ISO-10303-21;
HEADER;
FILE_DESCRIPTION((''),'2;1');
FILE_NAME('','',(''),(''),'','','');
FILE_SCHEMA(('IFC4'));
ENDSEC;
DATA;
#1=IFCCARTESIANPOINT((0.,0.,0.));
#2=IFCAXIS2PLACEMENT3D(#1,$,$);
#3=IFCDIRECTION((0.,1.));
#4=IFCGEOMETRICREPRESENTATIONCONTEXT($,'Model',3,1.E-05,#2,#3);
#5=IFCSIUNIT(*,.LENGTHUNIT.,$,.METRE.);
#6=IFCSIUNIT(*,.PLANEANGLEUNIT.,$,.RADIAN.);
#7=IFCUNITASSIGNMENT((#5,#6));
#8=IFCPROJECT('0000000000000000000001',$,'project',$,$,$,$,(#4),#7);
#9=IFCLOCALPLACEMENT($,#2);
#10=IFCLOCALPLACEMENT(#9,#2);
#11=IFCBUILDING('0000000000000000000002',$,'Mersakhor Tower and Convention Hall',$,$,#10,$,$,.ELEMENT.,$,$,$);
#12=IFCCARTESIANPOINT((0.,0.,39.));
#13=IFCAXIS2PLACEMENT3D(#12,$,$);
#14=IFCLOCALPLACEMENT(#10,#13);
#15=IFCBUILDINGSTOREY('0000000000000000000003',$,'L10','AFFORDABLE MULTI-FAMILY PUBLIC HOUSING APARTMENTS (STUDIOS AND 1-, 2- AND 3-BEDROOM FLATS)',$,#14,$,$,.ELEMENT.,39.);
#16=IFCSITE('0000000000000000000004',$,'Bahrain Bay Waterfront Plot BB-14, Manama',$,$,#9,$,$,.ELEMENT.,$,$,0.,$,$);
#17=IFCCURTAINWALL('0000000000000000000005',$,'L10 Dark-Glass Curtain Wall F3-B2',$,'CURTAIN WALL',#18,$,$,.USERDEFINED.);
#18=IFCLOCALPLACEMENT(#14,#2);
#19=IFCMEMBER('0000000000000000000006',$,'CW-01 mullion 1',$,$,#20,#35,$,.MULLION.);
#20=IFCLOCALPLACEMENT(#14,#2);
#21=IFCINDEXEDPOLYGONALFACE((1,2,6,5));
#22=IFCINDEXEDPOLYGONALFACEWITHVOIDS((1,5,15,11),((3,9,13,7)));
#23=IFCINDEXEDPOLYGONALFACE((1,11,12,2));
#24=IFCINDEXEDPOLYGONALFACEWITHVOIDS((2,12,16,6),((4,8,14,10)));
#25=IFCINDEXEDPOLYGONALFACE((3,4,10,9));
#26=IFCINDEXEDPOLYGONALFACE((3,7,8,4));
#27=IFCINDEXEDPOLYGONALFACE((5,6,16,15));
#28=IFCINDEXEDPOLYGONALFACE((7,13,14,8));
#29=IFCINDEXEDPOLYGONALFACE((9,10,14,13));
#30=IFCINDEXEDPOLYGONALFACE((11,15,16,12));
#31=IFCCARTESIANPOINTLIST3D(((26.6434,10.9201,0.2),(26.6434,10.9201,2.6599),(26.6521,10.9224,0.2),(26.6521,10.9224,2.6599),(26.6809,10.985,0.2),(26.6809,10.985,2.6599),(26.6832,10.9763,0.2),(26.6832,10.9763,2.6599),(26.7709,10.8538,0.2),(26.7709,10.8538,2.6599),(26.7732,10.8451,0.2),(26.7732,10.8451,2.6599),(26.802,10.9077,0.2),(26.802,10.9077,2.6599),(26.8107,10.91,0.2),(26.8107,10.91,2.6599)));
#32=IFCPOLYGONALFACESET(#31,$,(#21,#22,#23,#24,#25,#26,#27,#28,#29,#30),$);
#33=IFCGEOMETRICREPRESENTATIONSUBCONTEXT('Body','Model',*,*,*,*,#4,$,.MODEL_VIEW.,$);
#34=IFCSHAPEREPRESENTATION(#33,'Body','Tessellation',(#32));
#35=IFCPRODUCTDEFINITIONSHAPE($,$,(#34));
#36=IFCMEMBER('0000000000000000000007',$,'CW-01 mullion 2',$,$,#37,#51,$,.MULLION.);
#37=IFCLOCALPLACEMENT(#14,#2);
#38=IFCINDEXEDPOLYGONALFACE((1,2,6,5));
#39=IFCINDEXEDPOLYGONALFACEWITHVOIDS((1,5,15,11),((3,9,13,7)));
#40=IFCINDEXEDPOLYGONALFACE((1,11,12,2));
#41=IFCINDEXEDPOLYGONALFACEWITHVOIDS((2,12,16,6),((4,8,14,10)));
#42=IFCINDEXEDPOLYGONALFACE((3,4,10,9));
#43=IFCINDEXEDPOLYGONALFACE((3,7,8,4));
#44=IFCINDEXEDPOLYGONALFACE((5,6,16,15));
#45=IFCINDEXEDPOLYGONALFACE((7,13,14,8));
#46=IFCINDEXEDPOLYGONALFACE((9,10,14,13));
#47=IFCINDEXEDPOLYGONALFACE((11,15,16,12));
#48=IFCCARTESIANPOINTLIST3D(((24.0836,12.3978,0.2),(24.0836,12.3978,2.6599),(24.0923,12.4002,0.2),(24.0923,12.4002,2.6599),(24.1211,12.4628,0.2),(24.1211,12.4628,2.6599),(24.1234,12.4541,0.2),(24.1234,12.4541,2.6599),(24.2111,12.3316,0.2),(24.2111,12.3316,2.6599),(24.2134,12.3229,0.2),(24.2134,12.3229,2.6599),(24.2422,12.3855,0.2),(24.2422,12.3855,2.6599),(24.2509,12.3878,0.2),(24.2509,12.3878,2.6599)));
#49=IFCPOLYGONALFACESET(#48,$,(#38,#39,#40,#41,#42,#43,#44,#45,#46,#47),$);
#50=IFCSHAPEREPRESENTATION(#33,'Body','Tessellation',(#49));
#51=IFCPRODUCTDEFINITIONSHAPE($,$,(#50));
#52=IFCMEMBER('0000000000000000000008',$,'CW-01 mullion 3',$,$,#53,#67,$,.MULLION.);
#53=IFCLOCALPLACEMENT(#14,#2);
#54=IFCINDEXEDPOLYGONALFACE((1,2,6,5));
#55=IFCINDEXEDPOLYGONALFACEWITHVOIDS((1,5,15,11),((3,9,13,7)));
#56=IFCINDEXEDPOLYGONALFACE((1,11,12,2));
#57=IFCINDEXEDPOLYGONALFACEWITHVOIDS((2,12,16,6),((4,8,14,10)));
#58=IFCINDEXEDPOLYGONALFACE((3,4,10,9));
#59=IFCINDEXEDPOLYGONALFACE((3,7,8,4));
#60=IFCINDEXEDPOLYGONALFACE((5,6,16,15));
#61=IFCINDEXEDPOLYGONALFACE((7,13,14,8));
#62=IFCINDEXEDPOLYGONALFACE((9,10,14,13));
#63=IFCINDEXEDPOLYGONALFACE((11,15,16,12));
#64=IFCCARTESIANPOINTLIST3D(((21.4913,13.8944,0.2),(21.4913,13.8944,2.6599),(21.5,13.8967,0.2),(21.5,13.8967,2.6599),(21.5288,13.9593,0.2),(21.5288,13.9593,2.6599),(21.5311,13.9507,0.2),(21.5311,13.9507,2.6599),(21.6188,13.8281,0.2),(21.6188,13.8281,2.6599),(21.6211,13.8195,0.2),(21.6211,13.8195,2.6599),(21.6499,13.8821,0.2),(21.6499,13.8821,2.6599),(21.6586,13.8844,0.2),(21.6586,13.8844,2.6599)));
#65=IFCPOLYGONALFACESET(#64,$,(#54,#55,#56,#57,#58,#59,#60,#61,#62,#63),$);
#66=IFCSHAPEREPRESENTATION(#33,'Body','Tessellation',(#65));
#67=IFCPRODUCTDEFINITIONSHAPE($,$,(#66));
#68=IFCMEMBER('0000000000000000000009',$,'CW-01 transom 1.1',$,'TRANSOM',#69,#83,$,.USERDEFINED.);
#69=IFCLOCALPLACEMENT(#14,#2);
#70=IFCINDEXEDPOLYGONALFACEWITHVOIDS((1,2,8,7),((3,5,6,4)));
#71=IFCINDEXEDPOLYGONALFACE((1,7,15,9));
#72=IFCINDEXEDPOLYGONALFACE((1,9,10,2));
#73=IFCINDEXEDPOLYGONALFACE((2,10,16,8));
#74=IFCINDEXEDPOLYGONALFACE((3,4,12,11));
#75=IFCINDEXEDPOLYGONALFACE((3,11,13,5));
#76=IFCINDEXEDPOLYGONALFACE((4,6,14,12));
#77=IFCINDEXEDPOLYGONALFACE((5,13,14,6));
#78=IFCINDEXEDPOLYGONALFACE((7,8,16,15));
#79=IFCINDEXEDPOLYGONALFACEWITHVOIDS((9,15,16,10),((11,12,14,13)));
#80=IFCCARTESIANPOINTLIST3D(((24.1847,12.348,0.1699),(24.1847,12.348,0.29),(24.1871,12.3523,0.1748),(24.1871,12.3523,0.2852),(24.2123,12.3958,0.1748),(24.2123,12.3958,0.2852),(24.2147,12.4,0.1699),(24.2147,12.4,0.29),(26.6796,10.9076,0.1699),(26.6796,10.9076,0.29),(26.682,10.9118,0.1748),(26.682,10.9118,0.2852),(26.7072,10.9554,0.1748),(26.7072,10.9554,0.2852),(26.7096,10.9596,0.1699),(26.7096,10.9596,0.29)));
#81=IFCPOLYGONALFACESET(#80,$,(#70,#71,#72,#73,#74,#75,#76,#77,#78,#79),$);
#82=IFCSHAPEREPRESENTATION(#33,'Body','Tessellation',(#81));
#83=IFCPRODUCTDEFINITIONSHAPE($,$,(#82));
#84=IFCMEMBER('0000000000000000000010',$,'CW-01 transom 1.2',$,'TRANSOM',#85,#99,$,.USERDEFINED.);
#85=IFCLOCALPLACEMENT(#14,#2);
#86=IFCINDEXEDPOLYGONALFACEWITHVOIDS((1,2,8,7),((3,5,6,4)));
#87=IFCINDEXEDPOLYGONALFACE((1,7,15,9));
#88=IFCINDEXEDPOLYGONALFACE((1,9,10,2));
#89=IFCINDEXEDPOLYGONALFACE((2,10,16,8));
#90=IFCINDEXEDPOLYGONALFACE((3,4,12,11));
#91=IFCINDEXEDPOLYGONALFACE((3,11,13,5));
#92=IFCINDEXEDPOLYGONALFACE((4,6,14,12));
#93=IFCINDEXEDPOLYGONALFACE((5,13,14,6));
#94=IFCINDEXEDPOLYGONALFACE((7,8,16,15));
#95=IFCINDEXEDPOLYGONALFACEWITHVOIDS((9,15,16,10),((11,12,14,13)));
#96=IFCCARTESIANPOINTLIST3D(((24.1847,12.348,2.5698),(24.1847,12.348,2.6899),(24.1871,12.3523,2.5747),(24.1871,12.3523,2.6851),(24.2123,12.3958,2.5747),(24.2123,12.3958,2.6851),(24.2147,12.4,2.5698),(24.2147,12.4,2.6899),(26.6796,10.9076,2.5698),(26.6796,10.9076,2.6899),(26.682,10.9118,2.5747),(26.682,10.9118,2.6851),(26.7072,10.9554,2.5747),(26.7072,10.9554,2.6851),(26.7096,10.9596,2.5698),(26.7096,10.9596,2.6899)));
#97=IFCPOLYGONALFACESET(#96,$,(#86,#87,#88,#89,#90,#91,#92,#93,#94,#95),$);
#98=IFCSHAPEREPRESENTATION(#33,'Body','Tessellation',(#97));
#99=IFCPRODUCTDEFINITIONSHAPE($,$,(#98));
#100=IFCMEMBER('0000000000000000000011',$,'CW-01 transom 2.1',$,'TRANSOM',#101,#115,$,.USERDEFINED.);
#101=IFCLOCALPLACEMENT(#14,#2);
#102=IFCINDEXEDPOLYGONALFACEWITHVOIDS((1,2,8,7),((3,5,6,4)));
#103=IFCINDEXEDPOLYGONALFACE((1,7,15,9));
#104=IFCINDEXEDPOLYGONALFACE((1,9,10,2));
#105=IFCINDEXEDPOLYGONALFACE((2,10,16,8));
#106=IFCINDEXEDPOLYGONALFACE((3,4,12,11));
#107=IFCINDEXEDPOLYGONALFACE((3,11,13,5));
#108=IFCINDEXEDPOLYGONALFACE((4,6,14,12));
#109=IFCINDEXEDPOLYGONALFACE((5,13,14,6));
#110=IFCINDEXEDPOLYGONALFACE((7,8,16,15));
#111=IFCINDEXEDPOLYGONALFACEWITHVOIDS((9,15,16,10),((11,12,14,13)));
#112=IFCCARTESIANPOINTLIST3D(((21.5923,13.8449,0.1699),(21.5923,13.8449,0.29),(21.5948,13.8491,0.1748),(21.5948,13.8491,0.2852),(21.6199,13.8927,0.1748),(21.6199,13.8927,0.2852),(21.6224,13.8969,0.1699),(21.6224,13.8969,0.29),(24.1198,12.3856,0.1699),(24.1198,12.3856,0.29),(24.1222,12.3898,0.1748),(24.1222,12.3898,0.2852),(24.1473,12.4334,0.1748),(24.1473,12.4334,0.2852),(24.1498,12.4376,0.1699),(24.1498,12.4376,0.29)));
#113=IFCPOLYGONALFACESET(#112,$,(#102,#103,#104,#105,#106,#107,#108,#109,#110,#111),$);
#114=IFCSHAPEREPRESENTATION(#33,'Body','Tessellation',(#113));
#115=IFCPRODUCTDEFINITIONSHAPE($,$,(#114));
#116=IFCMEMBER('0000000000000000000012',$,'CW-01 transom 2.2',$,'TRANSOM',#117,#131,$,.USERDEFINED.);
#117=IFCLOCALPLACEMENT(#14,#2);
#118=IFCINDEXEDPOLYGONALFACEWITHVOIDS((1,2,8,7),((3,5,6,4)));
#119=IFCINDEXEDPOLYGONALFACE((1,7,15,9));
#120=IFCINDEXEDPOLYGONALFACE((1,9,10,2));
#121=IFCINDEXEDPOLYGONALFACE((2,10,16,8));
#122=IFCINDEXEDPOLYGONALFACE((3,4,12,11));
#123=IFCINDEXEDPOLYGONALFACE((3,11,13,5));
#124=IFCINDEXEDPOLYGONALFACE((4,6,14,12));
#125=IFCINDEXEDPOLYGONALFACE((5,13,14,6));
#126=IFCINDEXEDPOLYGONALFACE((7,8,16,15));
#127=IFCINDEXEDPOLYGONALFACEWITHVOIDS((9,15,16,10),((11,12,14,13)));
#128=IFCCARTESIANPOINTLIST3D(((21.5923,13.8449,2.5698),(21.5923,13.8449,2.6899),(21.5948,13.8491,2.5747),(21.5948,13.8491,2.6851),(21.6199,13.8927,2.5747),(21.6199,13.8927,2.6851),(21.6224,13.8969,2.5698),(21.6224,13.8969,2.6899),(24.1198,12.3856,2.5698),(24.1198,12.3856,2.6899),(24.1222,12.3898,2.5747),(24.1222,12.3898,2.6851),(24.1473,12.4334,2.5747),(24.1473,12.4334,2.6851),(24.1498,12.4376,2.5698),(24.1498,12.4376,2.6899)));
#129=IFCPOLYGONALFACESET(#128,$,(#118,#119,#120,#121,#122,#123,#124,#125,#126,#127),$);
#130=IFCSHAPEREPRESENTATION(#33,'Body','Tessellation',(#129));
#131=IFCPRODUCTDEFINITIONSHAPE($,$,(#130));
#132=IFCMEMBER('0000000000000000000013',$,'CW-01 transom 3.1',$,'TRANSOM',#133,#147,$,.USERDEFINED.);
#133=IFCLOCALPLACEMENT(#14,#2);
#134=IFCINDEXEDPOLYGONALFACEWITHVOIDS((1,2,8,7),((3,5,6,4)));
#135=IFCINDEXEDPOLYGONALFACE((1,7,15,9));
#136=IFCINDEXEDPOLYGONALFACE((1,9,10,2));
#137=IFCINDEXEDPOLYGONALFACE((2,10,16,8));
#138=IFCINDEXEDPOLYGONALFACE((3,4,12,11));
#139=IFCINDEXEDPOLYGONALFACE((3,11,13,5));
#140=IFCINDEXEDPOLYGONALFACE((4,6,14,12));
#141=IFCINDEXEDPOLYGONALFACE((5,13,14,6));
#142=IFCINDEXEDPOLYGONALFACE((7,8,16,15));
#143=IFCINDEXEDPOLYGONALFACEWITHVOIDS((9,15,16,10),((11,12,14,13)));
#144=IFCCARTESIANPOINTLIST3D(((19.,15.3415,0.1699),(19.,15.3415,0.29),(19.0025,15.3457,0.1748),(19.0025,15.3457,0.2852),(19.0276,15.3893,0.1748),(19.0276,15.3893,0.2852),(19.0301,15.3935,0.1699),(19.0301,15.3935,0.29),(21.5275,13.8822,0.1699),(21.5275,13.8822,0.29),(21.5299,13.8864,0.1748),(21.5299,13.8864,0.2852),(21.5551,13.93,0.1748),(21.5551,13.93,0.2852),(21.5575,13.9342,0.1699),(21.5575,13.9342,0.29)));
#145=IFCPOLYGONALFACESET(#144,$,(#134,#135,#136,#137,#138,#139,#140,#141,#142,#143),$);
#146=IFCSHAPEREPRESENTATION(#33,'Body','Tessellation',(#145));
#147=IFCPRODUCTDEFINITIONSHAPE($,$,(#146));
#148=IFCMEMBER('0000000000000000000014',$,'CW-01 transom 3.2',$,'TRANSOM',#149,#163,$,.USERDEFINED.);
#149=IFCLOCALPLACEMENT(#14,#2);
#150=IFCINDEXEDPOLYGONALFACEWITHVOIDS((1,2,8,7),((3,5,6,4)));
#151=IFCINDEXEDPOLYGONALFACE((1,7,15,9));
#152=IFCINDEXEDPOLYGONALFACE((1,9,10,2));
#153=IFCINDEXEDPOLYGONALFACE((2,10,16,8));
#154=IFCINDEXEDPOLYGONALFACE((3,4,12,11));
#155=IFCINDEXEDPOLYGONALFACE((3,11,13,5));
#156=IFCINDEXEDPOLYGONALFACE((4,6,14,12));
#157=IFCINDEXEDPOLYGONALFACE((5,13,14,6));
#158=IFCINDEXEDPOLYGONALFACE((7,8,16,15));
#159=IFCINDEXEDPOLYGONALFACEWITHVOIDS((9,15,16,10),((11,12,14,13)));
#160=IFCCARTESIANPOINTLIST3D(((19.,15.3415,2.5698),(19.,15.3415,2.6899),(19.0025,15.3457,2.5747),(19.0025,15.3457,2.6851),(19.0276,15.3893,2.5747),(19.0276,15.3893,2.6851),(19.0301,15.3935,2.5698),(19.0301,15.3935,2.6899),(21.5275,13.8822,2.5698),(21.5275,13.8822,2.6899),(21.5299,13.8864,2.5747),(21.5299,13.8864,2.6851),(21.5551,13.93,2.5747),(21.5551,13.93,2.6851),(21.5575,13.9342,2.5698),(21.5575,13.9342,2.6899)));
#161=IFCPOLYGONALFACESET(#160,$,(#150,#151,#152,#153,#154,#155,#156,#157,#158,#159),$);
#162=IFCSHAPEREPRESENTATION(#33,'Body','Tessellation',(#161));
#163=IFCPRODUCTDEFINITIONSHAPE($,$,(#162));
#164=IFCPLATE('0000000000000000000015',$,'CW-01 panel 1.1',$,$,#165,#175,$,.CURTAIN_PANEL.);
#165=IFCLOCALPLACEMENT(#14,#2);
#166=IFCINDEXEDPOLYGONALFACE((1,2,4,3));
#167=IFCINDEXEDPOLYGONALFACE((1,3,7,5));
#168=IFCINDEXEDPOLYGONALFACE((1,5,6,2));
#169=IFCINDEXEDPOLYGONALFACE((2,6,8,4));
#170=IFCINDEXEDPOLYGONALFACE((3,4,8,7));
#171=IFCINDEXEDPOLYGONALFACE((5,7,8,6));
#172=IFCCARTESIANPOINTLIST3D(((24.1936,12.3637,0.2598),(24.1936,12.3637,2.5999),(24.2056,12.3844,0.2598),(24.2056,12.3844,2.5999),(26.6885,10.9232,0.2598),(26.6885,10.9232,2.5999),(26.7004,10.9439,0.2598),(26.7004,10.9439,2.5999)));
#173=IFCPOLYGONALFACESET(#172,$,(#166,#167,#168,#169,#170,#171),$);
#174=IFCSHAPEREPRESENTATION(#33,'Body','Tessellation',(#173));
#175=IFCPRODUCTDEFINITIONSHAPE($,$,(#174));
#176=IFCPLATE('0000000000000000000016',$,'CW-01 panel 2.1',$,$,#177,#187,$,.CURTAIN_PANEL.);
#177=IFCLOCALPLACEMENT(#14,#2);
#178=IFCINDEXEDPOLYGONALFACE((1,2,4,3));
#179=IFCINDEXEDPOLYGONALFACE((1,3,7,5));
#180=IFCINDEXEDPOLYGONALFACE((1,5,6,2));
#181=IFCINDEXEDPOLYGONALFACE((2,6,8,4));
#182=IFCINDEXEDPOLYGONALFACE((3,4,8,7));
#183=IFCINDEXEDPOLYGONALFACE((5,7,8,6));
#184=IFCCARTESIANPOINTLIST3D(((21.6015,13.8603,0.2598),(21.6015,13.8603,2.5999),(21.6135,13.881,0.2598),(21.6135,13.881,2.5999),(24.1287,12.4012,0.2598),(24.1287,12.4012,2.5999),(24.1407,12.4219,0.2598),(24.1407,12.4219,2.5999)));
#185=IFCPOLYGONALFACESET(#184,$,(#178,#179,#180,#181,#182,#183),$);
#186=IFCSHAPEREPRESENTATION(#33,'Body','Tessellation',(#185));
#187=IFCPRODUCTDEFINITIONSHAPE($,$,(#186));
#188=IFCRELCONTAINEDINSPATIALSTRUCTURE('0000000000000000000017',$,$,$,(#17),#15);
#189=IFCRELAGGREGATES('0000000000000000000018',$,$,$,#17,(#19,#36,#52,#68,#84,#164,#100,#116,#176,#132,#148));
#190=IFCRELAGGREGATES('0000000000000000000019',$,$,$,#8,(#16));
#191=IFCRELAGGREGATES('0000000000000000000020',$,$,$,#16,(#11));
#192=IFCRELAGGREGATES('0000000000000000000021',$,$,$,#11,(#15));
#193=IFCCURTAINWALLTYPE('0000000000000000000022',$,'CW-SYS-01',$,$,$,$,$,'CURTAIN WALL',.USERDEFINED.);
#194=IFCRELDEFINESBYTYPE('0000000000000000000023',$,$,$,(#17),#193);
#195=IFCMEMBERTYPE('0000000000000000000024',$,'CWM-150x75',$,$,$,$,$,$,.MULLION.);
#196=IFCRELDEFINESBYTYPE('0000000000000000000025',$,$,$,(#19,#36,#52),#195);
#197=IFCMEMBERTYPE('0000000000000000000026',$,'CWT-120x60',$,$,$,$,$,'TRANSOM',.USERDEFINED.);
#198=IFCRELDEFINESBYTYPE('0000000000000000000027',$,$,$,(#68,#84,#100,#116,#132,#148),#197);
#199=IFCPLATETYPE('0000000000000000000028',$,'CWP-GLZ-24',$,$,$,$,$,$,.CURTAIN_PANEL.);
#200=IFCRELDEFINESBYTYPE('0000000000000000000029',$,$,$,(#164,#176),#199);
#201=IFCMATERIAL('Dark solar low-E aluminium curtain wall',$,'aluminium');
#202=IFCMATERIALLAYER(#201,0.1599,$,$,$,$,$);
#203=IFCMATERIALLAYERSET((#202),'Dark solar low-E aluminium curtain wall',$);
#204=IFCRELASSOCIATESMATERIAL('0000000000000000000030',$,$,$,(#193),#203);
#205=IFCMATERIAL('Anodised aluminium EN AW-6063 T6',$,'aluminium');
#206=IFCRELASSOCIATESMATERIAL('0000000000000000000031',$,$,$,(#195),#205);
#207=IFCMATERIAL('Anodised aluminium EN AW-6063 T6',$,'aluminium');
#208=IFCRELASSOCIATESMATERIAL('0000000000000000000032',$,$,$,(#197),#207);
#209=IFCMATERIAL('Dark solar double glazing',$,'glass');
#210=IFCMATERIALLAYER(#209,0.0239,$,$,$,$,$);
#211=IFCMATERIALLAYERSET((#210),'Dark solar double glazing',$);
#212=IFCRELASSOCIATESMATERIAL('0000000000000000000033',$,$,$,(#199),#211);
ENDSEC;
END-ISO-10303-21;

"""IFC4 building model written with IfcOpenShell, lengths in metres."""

from ifc_helpers import new_model, si_unit, direction, frame, origin, origin_2d, place, context, subcontext, project, spatial, rectangle, hollow_rectangle, extrude, material, layer, layer_set, material_profile, profile_set, type_object, element, aggregate, save


model = new_model("IFC4")

# Units and contexts
model_context = context("Model", 3, precision=1e-05, world=origin(), true_north=direction((0.0, 1.0)))
body_context = subcontext(model_context, "Body", "Model", "MODEL_VIEW")
ifc_project = project(units=[si_unit("LENGTHUNIT", "METRE"), si_unit("PLANEANGLEUNIT", "RADIAN")], contexts=[model_context])

# Site, building, storey
site_placement = place(None, origin())
site = spatial("IfcSite", under=ifc_project, at=site_placement, Name="Bahrain Bay Waterfront Plot BB-14, Manama", CompositionType="ELEMENT", RefElevation=0.0)
building_placement = place(site_placement, origin())
building = spatial("IfcBuilding", under=site, at=building_placement, Name="Mersakhor Tower and Convention Hall", CompositionType="ELEMENT")
storey_placement = place(building_placement, frame((0.0, 0.0, 39.0)))
storey = spatial("IfcBuildingStorey", under=building, at=storey_placement, Name="L10", Description="AFFORDABLE MULTI-FAMILY PUBLIC HOUSING APARTMENTS (STUDIOS AND 1-, 2- AND 3-BEDROOM FLATS)", CompositionType="ELEMENT", Elevation=39.0)

# Curtain wall, members, plates
ifc_material_1 = material(Name="Dark solar low-E aluminium curtain wall", Category="aluminium")
ifc_layer_1 = layer(ifc_material_1, 0.1599)
ifc_layer_set_1 = layer_set([ifc_layer_1], Name="Dark solar low-E aluminium curtain wall")
curtain_wall_type = type_object("IfcCurtainWallType", Name="CW-SYS-01", ElementType="CURTAIN WALL", PredefinedType="USERDEFINED", material=ifc_layer_set_1)
curtain_wall_placement = place(storey_placement, origin())
curtain_wall = element("IfcCurtainWall", 1, at=curtain_wall_placement, inside=storey, type_object=curtain_wall_type, Name="L10 Dark-Glass Curtain Wall F3-B2", ObjectType="CURTAIN WALL", PredefinedType="USERDEFINED")
ifc_material_2 = material(Name="Anodised aluminium EN AW-6063 T6", Category="aluminium")
ifc_material_profile_1 = material_profile(ifc_material_2, hollow_rectangle(XDim=0.075, YDim=0.1499, WallThickness=0.0063, at=origin_2d()), Name="RHS 150x75x6.3")
ifc_profile_set_1 = profile_set([ifc_material_profile_1], Name="Anodised aluminium EN AW-6063 T6")
member_type_1 = type_object("IfcMemberType", Name="CWM-150x75", PredefinedType="MULLION", material=ifc_profile_set_1)
member_1_placement = place(storey_placement, frame((26.7271, 10.915, 0.2), z_axis=(0.0, 0.0, 1.0), x_axis=(-0.500003, -0.866023, 0.0)))
member_1 = element("IfcMember", 2, at=member_1_placement, type_object=member_type_1, Name="CW-01 mullion 1", PredefinedType="MULLION", context=body_context, shape_type="SweptSolid", body=[
    extrude(hollow_rectangle(XDim=0.075, YDim=0.1499, WallThickness=0.0063, at=origin_2d()), origin(), (0.0, 0.0, 1.0), 2.46),
])
member_2_placement = place(storey_placement, frame((24.1672, 12.3928, 0.2), z_axis=(0.0, 0.0, 1.0), x_axis=(-0.500003, -0.866023, 0.0)))
member_2 = element("IfcMember", 3, at=member_2_placement, type_object=member_type_1, Name="CW-01 mullion 2", PredefinedType="MULLION", context=body_context, shape_type="SweptSolid", body=[
    extrude(hollow_rectangle(XDim=0.075, YDim=0.1499, WallThickness=0.0063, at=origin_2d()), origin(), (0.0, 0.0, 1.0), 2.46),
])
member_3_placement = place(storey_placement, frame((21.575, 13.8894, 0.2), z_axis=(0.0, 0.0, 1.0), x_axis=(-0.500003, -0.866023, 0.0)))
member_3 = element("IfcMember", 4, at=member_3_placement, type_object=member_type_1, Name="CW-01 mullion 3", PredefinedType="MULLION", context=body_context, shape_type="SweptSolid", body=[
    extrude(hollow_rectangle(XDim=0.075, YDim=0.1499, WallThickness=0.0063, at=origin_2d()), origin(), (0.0, 0.0, 1.0), 2.46),
])
ifc_material_3 = material(Name="Anodised aluminium EN AW-6063 T6", Category="aluminium")
ifc_material_profile_2 = material_profile(ifc_material_3, hollow_rectangle(XDim=0.0601, YDim=0.1201, WallThickness=0.0049, at=origin_2d()), Name="RHS 120x60x5")
ifc_profile_set_2 = profile_set([ifc_material_profile_2], Name="Anodised aluminium EN AW-6063 T6")
member_type_2 = type_object("IfcMemberType", Name="CWT-120x60", ElementType="TRANSOM", PredefinedType="USERDEFINED", material=ifc_profile_set_2)
member_4_placement = place(storey_placement, frame((26.6946, 10.9336, 0.23), z_axis=(-0.866023, 0.500004, 0.0), x_axis=(-0.500004, -0.866023, 0.0)))
member_4 = element("IfcMember", 5, at=member_4_placement, type_object=member_type_2, Name="CW-01 transom 1.1", ObjectType="TRANSOM", PredefinedType="USERDEFINED", context=body_context, shape_type="SweptSolid", body=[
    extrude(hollow_rectangle(XDim=0.0601, YDim=0.1201, WallThickness=0.0049, at=origin_2d()), origin(), (0.0, 0.0, 1.0), 2.8809),
])
member_5_placement = place(storey_placement, frame((26.6946, 10.9336, 2.6299), z_axis=(-0.866023, 0.500004, 0.0), x_axis=(-0.500004, -0.866023, 0.0)))
member_5 = element("IfcMember", 6, at=member_5_placement, type_object=member_type_2, Name="CW-01 transom 1.2", ObjectType="TRANSOM", PredefinedType="USERDEFINED", context=body_context, shape_type="SweptSolid", body=[
    extrude(hollow_rectangle(XDim=0.0601, YDim=0.1201, WallThickness=0.0049, at=origin_2d()), origin(), (0.0, 0.0, 1.0), 2.8809),
])
member_6_placement = place(storey_placement, frame((24.1348, 12.4116, 0.23), z_axis=(-0.866016, 0.500017, 0.0), x_axis=(-0.500017, -0.866016, 0.0)))
member_6 = element("IfcMember", 7, at=member_6_placement, type_object=member_type_2, Name="CW-01 transom 2.1", ObjectType="TRANSOM", PredefinedType="USERDEFINED", context=body_context, shape_type="SweptSolid", body=[
    extrude(hollow_rectangle(XDim=0.0601, YDim=0.1201, WallThickness=0.0049, at=origin_2d()), origin(), (0.0, 0.0, 1.0), 2.9185),
])
member_7_placement = place(storey_placement, frame((24.1348, 12.4116, 2.6299), z_axis=(-0.866016, 0.500017, 0.0), x_axis=(-0.500017, -0.866016, 0.0)))
member_7 = element("IfcMember", 8, at=member_7_placement, type_object=member_type_2, Name="CW-01 transom 2.2", ObjectType="TRANSOM", PredefinedType="USERDEFINED", context=body_context, shape_type="SweptSolid", body=[
    extrude(hollow_rectangle(XDim=0.0601, YDim=0.1201, WallThickness=0.0049, at=origin_2d()), origin(), (0.0, 0.0, 1.0), 2.9185),
])
member_8_placement = place(storey_placement, frame((21.5425, 13.9082, 0.23), z_axis=(-0.866016, 0.500017, 0.0), x_axis=(-0.500017, -0.866016, 0.0)))
member_8 = element("IfcMember", 9, at=member_8_placement, type_object=member_type_2, Name="CW-01 transom 3.1", ObjectType="TRANSOM", PredefinedType="USERDEFINED", context=body_context, shape_type="SweptSolid", body=[
    extrude(hollow_rectangle(XDim=0.0601, YDim=0.1201, WallThickness=0.0049, at=origin_2d()), origin(), (0.0, 0.0, 1.0), 2.9185),
])
member_9_placement = place(storey_placement, frame((21.5425, 13.9082, 2.6299), z_axis=(-0.866016, 0.500017, 0.0), x_axis=(-0.500017, -0.866016, 0.0)))
member_9 = element("IfcMember", 10, at=member_9_placement, type_object=member_type_2, Name="CW-01 transom 3.2", ObjectType="TRANSOM", PredefinedType="USERDEFINED", context=body_context, shape_type="SweptSolid", body=[
    extrude(hollow_rectangle(XDim=0.0601, YDim=0.1201, WallThickness=0.0049, at=origin_2d()), origin(), (0.0, 0.0, 1.0), 2.9185),
])
ifc_material_4 = material(Name="Dark solar double glazing", Category="glass")
ifc_layer_2 = layer(ifc_material_4, 0.0239)
ifc_layer_set_2 = layer_set([ifc_layer_2], Name="Dark solar double glazing")
plate_type_1 = type_object("IfcPlateType", Name="CWP-GLZ-24", PredefinedType="CURTAIN_PANEL", material=ifc_layer_set_2)
plate_1_placement = place(storey_placement, frame((25.447, 11.6538, 0.2598), z_axis=(0.0, 0.0, 1.0), x_axis=(-0.866023, 0.500003, 0.0)))
plate_1 = element("IfcPlate", 11, at=plate_1_placement, type_object=plate_type_1, Name="CW-01 panel 1.1", PredefinedType="CURTAIN_PANEL", context=body_context, shape_type="SweptSolid", body=[
    extrude(rectangle(XDim=2.8809, YDim=0.0239, at=origin_2d()), origin(), (0.0, 0.0, 1.0), 2.3401),
])
plate_2_placement = place(storey_placement, frame((22.8711, 13.1411, 0.2598), z_axis=(0.0, 0.0, 1.0), x_axis=(-0.866023, 0.500003, 0.0)))
plate_2 = element("IfcPlate", 12, at=plate_2_placement, type_object=plate_type_1, Name="CW-01 panel 2.1", PredefinedType="CURTAIN_PANEL", context=body_context, shape_type="SweptSolid", body=[
    extrude(rectangle(XDim=2.9182, YDim=0.0239, at=origin_2d()), origin(), (0.0, 0.0, 1.0), 2.3401),
])
aggregate(curtain_wall, [member_1, member_2, member_3, member_4, member_5, plate_1, member_6, member_7, plate_2, member_8, member_9])

save(model, "model.ifc")
